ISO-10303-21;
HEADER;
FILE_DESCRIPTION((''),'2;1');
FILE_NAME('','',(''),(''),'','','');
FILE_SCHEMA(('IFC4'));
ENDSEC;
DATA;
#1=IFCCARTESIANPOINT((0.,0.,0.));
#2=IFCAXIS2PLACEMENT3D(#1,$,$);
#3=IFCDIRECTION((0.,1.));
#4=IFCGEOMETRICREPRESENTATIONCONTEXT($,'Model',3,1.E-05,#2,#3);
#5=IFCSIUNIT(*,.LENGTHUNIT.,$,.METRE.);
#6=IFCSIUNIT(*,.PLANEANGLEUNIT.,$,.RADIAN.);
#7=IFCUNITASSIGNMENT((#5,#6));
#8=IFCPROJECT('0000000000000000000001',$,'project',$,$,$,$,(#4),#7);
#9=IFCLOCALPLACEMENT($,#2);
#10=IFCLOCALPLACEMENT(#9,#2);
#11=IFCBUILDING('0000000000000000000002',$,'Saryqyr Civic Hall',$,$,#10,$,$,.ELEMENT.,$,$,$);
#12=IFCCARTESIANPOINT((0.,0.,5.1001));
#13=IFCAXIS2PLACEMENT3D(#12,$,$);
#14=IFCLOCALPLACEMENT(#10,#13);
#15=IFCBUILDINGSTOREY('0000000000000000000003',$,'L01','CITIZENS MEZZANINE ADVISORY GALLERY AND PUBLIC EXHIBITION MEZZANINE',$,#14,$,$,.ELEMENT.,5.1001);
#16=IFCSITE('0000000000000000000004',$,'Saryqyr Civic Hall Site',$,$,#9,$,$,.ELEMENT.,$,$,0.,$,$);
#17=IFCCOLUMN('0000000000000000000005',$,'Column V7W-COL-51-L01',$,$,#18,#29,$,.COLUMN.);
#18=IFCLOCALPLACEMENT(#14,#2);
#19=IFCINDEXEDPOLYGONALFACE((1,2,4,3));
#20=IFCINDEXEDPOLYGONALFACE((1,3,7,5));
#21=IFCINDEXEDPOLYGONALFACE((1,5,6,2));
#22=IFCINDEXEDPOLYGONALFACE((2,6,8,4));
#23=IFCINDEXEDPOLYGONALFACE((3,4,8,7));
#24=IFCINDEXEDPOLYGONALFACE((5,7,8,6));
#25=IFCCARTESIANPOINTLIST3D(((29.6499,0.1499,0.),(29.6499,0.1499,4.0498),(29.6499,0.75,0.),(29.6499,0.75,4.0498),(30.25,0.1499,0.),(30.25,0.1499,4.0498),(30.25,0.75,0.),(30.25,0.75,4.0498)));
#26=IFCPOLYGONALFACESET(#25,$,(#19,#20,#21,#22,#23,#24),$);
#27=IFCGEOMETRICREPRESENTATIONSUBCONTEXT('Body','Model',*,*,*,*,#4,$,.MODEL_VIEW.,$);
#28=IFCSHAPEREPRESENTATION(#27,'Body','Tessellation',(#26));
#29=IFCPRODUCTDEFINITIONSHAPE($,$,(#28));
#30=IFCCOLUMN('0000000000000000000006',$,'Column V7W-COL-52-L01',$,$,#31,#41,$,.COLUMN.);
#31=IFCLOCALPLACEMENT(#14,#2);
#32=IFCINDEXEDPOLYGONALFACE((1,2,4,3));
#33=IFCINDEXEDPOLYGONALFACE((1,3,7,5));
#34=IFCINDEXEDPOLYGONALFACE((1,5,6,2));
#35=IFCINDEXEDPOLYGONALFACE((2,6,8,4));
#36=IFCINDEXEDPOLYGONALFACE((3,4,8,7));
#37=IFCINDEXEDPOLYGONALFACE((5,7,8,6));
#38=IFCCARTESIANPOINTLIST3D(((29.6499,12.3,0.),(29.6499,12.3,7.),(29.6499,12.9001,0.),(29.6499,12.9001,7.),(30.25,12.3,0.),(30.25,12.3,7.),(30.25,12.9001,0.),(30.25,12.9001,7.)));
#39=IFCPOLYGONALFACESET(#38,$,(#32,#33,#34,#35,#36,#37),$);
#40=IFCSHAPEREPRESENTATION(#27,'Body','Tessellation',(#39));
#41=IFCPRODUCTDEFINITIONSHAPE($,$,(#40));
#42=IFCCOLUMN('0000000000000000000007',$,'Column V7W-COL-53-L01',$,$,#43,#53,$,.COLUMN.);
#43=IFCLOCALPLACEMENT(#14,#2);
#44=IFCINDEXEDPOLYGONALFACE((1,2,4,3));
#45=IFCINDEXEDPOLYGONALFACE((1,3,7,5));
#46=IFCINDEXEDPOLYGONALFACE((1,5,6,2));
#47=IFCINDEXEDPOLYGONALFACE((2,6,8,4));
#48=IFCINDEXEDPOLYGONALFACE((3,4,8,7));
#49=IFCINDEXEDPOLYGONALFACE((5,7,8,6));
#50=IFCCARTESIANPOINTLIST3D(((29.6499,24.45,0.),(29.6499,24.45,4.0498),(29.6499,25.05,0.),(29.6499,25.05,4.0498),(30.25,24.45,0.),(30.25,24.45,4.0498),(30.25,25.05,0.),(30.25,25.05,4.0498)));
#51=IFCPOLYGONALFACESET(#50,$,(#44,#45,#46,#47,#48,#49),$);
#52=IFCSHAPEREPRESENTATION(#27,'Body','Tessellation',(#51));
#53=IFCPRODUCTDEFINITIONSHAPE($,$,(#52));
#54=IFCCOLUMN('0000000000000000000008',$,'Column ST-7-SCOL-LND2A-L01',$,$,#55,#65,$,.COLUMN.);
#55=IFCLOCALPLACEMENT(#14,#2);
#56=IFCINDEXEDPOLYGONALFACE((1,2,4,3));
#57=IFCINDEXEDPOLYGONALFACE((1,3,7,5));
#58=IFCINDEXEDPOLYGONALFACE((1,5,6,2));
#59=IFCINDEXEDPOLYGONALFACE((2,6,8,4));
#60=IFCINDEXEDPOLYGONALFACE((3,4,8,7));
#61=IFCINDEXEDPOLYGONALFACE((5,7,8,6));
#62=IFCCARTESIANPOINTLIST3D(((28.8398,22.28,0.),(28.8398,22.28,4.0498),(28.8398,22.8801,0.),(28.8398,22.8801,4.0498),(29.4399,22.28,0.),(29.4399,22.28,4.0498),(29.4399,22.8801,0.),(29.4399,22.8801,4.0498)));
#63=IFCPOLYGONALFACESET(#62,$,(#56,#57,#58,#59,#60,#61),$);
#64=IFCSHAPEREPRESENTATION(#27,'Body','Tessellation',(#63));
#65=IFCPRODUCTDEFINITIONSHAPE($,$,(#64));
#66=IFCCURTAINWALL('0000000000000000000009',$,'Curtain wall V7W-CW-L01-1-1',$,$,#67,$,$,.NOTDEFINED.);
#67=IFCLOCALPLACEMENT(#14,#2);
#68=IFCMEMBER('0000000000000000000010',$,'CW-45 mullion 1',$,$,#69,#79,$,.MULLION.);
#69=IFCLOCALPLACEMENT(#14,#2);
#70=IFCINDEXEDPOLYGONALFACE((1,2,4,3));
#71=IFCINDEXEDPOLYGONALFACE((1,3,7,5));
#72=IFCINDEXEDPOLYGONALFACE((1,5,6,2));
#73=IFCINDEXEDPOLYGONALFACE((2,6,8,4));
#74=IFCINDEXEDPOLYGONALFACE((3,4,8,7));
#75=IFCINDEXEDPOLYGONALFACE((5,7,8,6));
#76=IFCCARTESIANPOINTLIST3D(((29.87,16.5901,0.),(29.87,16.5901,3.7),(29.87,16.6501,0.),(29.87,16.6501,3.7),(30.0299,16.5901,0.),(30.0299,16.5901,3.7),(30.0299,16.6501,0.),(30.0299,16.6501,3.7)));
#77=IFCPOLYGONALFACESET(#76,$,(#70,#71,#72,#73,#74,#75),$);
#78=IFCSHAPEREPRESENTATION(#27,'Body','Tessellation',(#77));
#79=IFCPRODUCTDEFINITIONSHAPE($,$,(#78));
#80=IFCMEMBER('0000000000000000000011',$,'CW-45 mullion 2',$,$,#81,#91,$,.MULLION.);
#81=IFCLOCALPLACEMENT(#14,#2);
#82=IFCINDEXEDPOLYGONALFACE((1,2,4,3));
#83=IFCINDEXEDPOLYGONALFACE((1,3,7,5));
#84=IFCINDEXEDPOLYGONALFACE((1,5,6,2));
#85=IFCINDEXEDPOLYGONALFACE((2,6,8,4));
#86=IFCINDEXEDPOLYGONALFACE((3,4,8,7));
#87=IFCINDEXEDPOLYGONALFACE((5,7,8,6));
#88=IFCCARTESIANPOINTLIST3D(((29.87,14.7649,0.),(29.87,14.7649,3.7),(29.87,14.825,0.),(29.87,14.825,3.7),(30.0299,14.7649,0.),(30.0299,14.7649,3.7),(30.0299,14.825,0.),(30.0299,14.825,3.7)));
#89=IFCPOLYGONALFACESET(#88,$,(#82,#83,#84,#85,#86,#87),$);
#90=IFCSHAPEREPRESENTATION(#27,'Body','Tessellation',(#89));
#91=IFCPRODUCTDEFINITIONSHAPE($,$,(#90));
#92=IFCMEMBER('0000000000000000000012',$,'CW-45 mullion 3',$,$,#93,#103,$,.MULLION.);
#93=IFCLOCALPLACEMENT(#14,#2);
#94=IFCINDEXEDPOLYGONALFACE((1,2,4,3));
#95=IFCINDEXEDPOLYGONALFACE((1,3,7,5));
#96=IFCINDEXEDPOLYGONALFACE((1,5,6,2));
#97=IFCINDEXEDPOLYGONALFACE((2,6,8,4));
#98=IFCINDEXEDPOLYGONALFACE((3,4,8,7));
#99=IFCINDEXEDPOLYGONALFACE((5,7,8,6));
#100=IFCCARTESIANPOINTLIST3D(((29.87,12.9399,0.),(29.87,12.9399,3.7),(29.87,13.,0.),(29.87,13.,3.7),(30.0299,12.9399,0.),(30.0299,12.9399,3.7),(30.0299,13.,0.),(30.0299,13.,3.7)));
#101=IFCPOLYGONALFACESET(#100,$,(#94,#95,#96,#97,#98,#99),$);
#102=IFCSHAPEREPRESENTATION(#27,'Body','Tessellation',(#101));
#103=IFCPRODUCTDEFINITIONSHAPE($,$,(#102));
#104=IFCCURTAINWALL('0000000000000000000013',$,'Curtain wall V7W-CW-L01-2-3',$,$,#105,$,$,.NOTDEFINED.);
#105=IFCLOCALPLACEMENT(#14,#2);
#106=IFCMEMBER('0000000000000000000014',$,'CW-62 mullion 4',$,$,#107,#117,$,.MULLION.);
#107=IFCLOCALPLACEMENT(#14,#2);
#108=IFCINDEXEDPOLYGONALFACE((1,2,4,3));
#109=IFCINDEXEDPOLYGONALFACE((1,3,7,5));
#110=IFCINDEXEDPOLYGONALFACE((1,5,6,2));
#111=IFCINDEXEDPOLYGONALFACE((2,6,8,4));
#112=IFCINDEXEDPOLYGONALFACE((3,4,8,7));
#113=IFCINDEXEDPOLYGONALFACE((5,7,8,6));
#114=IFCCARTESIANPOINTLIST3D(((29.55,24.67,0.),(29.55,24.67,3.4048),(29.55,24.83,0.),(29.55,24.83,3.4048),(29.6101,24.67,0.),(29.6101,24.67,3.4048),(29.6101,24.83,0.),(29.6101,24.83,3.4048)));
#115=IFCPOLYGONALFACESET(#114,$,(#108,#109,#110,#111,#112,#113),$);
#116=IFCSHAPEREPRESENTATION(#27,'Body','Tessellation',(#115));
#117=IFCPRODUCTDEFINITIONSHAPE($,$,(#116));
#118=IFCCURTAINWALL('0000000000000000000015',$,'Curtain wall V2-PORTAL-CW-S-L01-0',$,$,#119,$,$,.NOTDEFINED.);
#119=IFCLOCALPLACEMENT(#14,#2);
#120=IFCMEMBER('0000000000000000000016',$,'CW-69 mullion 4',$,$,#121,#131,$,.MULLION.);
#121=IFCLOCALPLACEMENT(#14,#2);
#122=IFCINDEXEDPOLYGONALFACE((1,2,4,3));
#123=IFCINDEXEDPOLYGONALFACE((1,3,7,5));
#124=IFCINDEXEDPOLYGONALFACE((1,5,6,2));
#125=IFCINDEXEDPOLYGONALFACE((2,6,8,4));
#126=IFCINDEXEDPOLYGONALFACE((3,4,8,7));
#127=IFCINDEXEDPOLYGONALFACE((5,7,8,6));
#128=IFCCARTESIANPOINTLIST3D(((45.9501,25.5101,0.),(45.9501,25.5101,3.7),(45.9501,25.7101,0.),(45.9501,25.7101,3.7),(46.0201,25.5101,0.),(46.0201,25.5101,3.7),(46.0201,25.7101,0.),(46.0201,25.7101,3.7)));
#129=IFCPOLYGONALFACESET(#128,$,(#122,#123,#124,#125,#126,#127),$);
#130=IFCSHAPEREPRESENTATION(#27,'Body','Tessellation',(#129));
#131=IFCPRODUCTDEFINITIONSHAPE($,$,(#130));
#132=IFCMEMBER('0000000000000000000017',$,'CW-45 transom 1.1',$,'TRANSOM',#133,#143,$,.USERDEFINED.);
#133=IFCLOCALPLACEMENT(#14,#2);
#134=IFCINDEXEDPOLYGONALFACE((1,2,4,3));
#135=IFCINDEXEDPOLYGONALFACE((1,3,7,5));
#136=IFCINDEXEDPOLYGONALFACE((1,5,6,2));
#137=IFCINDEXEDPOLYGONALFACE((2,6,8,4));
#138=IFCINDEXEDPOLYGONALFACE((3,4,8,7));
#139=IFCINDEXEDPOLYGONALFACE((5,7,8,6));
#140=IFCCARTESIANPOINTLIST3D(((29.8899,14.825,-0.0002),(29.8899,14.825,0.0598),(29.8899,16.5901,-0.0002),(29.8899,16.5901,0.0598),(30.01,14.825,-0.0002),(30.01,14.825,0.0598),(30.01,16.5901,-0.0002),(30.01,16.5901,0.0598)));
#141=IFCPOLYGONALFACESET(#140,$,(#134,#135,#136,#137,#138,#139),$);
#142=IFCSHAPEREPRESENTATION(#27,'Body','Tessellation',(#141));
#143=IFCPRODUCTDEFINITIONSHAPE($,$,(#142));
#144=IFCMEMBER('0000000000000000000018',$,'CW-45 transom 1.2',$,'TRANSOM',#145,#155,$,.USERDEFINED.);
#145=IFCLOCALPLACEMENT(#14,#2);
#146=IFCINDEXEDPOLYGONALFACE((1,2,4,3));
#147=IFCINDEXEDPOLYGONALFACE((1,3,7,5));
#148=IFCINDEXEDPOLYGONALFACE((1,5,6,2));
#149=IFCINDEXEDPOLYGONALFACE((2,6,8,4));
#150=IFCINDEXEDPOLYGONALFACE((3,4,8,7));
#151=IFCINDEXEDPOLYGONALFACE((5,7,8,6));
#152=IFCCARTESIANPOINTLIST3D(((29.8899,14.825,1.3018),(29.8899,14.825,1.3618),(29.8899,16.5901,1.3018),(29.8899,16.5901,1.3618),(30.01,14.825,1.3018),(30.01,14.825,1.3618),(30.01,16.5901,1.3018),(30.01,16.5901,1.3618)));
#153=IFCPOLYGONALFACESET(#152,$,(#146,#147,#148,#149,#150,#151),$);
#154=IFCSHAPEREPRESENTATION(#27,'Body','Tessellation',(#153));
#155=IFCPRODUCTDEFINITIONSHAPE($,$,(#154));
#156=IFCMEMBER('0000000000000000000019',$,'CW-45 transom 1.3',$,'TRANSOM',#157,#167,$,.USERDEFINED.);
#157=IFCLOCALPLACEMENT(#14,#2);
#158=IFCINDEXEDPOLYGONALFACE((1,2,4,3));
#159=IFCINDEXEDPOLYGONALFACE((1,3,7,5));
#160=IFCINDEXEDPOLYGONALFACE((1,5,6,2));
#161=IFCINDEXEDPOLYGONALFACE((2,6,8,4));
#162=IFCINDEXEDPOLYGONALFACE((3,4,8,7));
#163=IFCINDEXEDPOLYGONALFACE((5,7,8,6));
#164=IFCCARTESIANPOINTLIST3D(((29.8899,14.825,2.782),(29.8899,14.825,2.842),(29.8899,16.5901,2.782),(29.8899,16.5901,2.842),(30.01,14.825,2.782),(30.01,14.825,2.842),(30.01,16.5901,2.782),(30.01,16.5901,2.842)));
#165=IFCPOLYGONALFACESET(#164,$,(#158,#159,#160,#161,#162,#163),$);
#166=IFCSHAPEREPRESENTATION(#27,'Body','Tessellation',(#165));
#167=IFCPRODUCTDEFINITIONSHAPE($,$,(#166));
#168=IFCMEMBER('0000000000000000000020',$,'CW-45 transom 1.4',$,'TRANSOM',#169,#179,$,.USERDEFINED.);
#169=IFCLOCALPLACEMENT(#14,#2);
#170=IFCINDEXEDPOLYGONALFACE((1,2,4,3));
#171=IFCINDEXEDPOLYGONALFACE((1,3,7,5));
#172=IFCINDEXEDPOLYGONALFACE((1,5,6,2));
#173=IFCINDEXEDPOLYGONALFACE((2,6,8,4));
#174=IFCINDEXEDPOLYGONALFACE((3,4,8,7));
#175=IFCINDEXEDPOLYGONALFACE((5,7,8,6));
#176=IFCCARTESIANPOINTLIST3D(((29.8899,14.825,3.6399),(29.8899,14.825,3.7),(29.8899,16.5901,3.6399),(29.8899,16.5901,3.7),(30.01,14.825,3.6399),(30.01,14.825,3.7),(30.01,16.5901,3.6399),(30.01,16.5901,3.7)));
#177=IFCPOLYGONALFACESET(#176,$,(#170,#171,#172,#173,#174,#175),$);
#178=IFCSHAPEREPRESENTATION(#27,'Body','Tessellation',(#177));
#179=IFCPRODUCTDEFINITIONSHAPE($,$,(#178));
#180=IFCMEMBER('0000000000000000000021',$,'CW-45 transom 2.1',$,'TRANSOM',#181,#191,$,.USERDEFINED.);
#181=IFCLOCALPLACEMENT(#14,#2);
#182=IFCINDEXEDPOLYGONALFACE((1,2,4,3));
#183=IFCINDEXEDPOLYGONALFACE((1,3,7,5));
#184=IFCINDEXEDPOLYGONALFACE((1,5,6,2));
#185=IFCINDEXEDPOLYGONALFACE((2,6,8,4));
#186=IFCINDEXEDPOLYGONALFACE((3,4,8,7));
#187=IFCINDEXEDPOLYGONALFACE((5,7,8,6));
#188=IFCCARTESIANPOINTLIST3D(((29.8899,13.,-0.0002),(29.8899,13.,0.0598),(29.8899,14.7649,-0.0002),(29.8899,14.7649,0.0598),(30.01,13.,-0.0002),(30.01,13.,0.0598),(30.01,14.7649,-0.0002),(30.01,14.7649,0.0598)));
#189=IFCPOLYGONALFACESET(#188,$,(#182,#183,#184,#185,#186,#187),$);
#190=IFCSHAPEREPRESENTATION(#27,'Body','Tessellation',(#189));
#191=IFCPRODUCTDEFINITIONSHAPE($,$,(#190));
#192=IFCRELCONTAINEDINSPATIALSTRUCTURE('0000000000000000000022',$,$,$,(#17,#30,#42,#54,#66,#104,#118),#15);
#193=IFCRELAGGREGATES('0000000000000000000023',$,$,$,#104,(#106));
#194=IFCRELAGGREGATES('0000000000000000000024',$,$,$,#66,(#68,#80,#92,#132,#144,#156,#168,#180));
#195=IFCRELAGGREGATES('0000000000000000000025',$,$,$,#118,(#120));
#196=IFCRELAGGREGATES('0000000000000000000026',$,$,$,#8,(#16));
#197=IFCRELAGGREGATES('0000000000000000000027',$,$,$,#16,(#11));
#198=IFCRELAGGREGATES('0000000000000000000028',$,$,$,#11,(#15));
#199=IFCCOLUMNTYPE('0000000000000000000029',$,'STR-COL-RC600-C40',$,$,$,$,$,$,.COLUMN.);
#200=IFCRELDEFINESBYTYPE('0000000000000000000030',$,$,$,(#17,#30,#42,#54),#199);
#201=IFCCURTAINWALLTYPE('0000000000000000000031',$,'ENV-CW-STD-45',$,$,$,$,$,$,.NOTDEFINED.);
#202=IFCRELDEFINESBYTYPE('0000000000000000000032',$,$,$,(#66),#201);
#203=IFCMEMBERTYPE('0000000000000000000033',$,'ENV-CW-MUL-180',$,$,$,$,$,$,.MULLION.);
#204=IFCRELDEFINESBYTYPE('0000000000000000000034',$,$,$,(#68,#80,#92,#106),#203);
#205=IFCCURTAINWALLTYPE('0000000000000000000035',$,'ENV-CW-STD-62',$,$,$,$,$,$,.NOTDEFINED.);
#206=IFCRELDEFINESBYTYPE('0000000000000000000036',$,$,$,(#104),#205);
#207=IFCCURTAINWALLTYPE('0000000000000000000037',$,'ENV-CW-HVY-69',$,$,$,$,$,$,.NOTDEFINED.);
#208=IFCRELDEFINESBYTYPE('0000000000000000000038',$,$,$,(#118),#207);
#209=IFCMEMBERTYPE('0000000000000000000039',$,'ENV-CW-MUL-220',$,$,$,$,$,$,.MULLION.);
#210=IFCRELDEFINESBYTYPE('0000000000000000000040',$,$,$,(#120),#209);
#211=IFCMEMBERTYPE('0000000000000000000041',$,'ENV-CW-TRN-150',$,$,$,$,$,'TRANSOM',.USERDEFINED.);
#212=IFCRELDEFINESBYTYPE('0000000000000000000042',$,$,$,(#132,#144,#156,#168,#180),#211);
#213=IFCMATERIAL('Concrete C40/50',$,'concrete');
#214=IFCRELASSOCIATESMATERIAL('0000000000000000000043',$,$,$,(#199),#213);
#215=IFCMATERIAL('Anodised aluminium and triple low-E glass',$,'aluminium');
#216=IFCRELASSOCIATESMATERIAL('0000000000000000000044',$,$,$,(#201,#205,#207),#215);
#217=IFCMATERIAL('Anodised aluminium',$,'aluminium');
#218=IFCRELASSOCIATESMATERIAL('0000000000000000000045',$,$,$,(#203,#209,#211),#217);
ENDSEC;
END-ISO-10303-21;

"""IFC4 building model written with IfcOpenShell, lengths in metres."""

from ifc_helpers import new_model, si_unit, direction, frame, origin, origin_2d, place, context, subcontext, project, spatial, rectangle, extrude, material, material_profile, profile_set, type_object, element, aggregate, save


model = new_model("IFC4")

# Units and contexts
model_context = context("Model", 3, precision=1e-05, world=origin(), true_north=direction((0.0, 1.0)))
body_context = subcontext(model_context, "Body", "Model", "MODEL_VIEW")
ifc_project = project(units=[si_unit("LENGTHUNIT", "METRE"), si_unit("PLANEANGLEUNIT", "RADIAN")], contexts=[model_context])

# Site, building, storey
site_placement = place(None, origin())
site = spatial("IfcSite", under=ifc_project, at=site_placement, Name="Saryqyr Civic Hall Site", CompositionType="ELEMENT", RefElevation=0.0)
building_placement = place(site_placement, origin())
building = spatial("IfcBuilding", under=site, at=building_placement, Name="Saryqyr Civic Hall", CompositionType="ELEMENT")
storey_placement = place(building_placement, frame((0.0, 0.0, 5.1001)))
storey = spatial("IfcBuildingStorey", under=building, at=storey_placement, Name="L01", Description="CITIZENS MEZZANINE ADVISORY GALLERY AND PUBLIC EXHIBITION MEZZANINE", CompositionType="ELEMENT", Elevation=5.1001)

# Columns
ifc_material_1 = material(Name="Concrete C40/50", Category="concrete")
ifc_material_profile_1 = material_profile(ifc_material_1, rectangle(XDim=0.6001, YDim=0.6001, at=origin_2d()), Name="RC 600x600")
ifc_profile_set_1 = profile_set([ifc_material_profile_1], Name="Concrete C40/50")
column_type = type_object("IfcColumnType", Name="STR-COL-RC600-C40", PredefinedType="COLUMN", material=ifc_profile_set_1)
column_1_placement = place(storey_placement, frame((29.95, 0.45, 0.0), z_axis=(0.0, 0.0, 1.0), x_axis=(1.0, 0.0, 0.0)))
element("IfcColumn", 1, at=column_1_placement, inside=storey, type_object=column_type, Name="Column V7W-COL-51-L01", PredefinedType="COLUMN", context=body_context, shape_type="SweptSolid", body=[
    extrude(rectangle(XDim=0.6001, YDim=0.6001, at=origin_2d()), origin(), (0.0, 0.0, 1.0), 4.0498),
])
column_2_placement = place(storey_placement, frame((29.95, 12.6001, 0.0), z_axis=(0.0, 0.0, 1.0), x_axis=(1.0, 0.0, 0.0)))
element("IfcColumn", 2, at=column_2_placement, inside=storey, type_object=column_type, Name="Column V7W-COL-52-L01", PredefinedType="COLUMN", context=body_context, shape_type="SweptSolid", body=[
    extrude(rectangle(XDim=0.6001, YDim=0.6001, at=origin_2d()), origin(), (0.0, 0.0, 1.0), 7.0),
])
for number, where, z_axis, x_axis, name in (
    (3, (29.95, 24.75, 0.0), (0.0, 0.0, 1.0), (1.0, 0.0, 0.0), "Column V7W-COL-53-L01"),
    (4, (29.1399, 22.5801, 0.0), (0.0, 0.0, 1.0), (1.0, 0.0, 0.0), "Column ST-7-SCOL-LND2A-L01"),
):
    element("IfcColumn", number, at=place(storey_placement, frame(where, z_axis=z_axis, x_axis=x_axis)), inside=storey, type_object=column_type, Name=name, PredefinedType="COLUMN", context=body_context, shape_type="SweptSolid", body=[
        extrude(rectangle(XDim=0.6001, YDim=0.6001, at=origin_2d()), origin(), (0.0, 0.0, 1.0), 4.0498),
    ])

# Curtain wall, members
ifc_material_2 = material(Name="Anodised aluminium and triple low-E glass", Category="aluminium")
curtain_wall_type_1 = type_object("IfcCurtainWallType", Name="ENV-CW-STD-45", PredefinedType="NOTDEFINED", material=ifc_material_2)
curtain_wall_1_placement = place(storey_placement, origin())
curtain_wall_1 = element("IfcCurtainWall", 5, at=curtain_wall_1_placement, inside=storey, type_object=curtain_wall_type_1, Name="Curtain wall V7W-CW-L01-1-1", PredefinedType="NOTDEFINED")
ifc_material_3 = material(Name="Anodised aluminium", Category="aluminium")
ifc_material_profile_2 = material_profile(ifc_material_3, rectangle(XDim=0.0601, YDim=0.1599, at=origin_2d()), Name="ALU MULLION 60x160")
ifc_profile_set_2 = profile_set([ifc_material_profile_2], Name="Anodised aluminium")
member_type_1 = type_object("IfcMemberType", Name="ENV-CW-MUL-180", PredefinedType="MULLION", material=ifc_profile_set_2)
member_1_placement = place(storey_placement, frame((29.95, 16.6201, 0.0), z_axis=(0.0, 0.0, 1.0), x_axis=(0.0, -1.0, 0.0)))
member_1 = element("IfcMember", 6, at=member_1_placement, type_object=member_type_1, Name="CW-45 mullion 1", PredefinedType="MULLION", context=body_context, shape_type="SweptSolid", body=[
    extrude(rectangle(XDim=0.0601, YDim=0.1599, at=origin_2d()), origin(), (0.0, 0.0, 1.0), 3.7),
])
member_2_placement = place(storey_placement, frame((29.95, 14.7949, 0.0), z_axis=(0.0, 0.0, 1.0), x_axis=(0.0, -1.0, 0.0)))
member_2 = element("IfcMember", 7, at=member_2_placement, type_object=member_type_1, Name="CW-45 mullion 2", PredefinedType="MULLION", context=body_context, shape_type="SweptSolid", body=[
    extrude(rectangle(XDim=0.0601, YDim=0.1599, at=origin_2d()), origin(), (0.0, 0.0, 1.0), 3.7),
])
member_3_placement = place(storey_placement, frame((29.95, 12.97, 0.0), z_axis=(0.0, 0.0, 1.0), x_axis=(0.0, -1.0, 0.0)))
member_3 = element("IfcMember", 8, at=member_3_placement, type_object=member_type_1, Name="CW-45 mullion 3", PredefinedType="MULLION", context=body_context, shape_type="SweptSolid", body=[
    extrude(rectangle(XDim=0.0601, YDim=0.1599, at=origin_2d()), origin(), (0.0, 0.0, 1.0), 3.7),
])

# Curtain walls, members
curtain_wall_type_2 = type_object("IfcCurtainWallType", Name="ENV-CW-STD-62", PredefinedType="NOTDEFINED", material=ifc_material_2)
curtain_wall_2_placement = place(storey_placement, origin())
curtain_wall_2 = element("IfcCurtainWall", 9, at=curtain_wall_2_placement, inside=storey, type_object=curtain_wall_type_2, Name="Curtain wall V7W-CW-L01-2-3", PredefinedType="NOTDEFINED")
member_4_placement = place(storey_placement, frame((29.5801, 24.75, 0.0), z_axis=(0.0, 0.0, 1.0), x_axis=(1.0, 0.0, 0.0)))
member_4 = element("IfcMember", 10, at=member_4_placement, type_object=member_type_1, Name="CW-62 mullion 4", PredefinedType="MULLION", context=body_context, shape_type="SweptSolid", body=[
    extrude(rectangle(XDim=0.0601, YDim=0.1599, at=origin_2d()), origin(), (0.0, 0.0, 1.0), 3.4048),
])
aggregate(curtain_wall_2, [member_4])
curtain_wall_type_3 = type_object("IfcCurtainWallType", Name="ENV-CW-HVY-69", PredefinedType="NOTDEFINED", material=ifc_material_2)
curtain_wall_3_placement = place(storey_placement, origin())
curtain_wall_3 = element("IfcCurtainWall", 11, at=curtain_wall_3_placement, inside=storey, type_object=curtain_wall_type_3, Name="Curtain wall V2-PORTAL-CW-S-L01-0", PredefinedType="NOTDEFINED")
ifc_material_profile_3 = material_profile(ifc_material_3, rectangle(XDim=0.0701, YDim=0.2, at=origin_2d()), Name="ALU MULLION 70x200")
ifc_profile_set_3 = profile_set([ifc_material_profile_3], Name="Anodised aluminium")
member_type_2 = type_object("IfcMemberType", Name="ENV-CW-MUL-220", PredefinedType="MULLION", material=ifc_profile_set_3)
member_5_placement = place(storey_placement, frame((45.9851, 25.6101, 0.0), z_axis=(0.0, 0.0, 1.0), x_axis=(-1.0, 0.0, 0.0)))
member_5 = element("IfcMember", 12, at=member_5_placement, type_object=member_type_2, Name="CW-69 mullion 4", PredefinedType="MULLION", context=body_context, shape_type="SweptSolid", body=[
    extrude(rectangle(XDim=0.0701, YDim=0.2, at=origin_2d()), origin(), (0.0, 0.0, 1.0), 3.7),
])

# Members
ifc_material_profile_4 = material_profile(ifc_material_3, rectangle(XDim=0.1201, YDim=0.0601, at=origin_2d()), Name="ALU TRANSOM 120x60")
ifc_profile_set_4 = profile_set([ifc_material_profile_4], Name="Anodised aluminium")
member_type_3 = type_object("IfcMemberType", Name="ENV-CW-TRN-150", ElementType="TRANSOM", PredefinedType="USERDEFINED", material=ifc_profile_set_4)
member_6_placement = place(storey_placement, frame((29.95, 16.5901, 0.0298), z_axis=(0.0, -1.0, 0.0), x_axis=(1.0, 0.0, 0.0)))
member_6 = element("IfcMember", 13, at=member_6_placement, type_object=member_type_3, Name="CW-45 transom 1.1", ObjectType="TRANSOM", PredefinedType="USERDEFINED", context=body_context, shape_type="SweptSolid", body=[
    extrude(rectangle(XDim=0.1201, YDim=0.0601, at=origin_2d()), origin(), (0.0, 0.0, 1.0), 1.7651),
])
member_7_placement = place(storey_placement, frame((29.95, 16.5901, 1.3318), z_axis=(0.0, -1.0, 0.0), x_axis=(1.0, 0.0, 0.0)))
member_7 = element("IfcMember", 14, at=member_7_placement, type_object=member_type_3, Name="CW-45 transom 1.2", ObjectType="TRANSOM", PredefinedType="USERDEFINED", context=body_context, shape_type="SweptSolid", body=[
    extrude(rectangle(XDim=0.1201, YDim=0.0601, at=origin_2d()), origin(), (0.0, 0.0, 1.0), 1.7651),
])
member_8_placement = place(storey_placement, frame((29.95, 16.5901, 2.812), z_axis=(0.0, -1.0, 0.0), x_axis=(1.0, 0.0, 0.0)))
member_8 = element("IfcMember", 15, at=member_8_placement, type_object=member_type_3, Name="CW-45 transom 1.3", ObjectType="TRANSOM", PredefinedType="USERDEFINED", context=body_context, shape_type="SweptSolid", body=[
    extrude(rectangle(XDim=0.1201, YDim=0.0601, at=origin_2d()), origin(), (0.0, 0.0, 1.0), 1.7651),
])
member_9_placement = place(storey_placement, frame((29.95, 16.5901, 3.6699), z_axis=(0.0, -1.0, 0.0), x_axis=(1.0, 0.0, 0.0)))
member_9 = element("IfcMember", 16, at=member_9_placement, type_object=member_type_3, Name="CW-45 transom 1.4", ObjectType="TRANSOM", PredefinedType="USERDEFINED", context=body_context, shape_type="SweptSolid", body=[
    extrude(rectangle(XDim=0.1201, YDim=0.0601, at=origin_2d()), origin(), (0.0, 0.0, 1.0), 1.7651),
])
member_10_placement = place(storey_placement, frame((29.95, 14.7649, 0.0298), z_axis=(0.0, -1.0, 0.0), x_axis=(1.0, 0.0, 0.0)))
member_10 = element("IfcMember", 17, at=member_10_placement, type_object=member_type_3, Name="CW-45 transom 2.1", ObjectType="TRANSOM", PredefinedType="USERDEFINED", context=body_context, shape_type="SweptSolid", body=[
    extrude(rectangle(XDim=0.1201, YDim=0.0601, at=origin_2d()), origin(), (0.0, 0.0, 1.0), 1.7649),
])

aggregate(curtain_wall_1, [member_1, member_2, member_3, member_6, member_7, member_8, member_9, member_10])
aggregate(curtain_wall_3, [member_5])

save(model, "model.ifc")
